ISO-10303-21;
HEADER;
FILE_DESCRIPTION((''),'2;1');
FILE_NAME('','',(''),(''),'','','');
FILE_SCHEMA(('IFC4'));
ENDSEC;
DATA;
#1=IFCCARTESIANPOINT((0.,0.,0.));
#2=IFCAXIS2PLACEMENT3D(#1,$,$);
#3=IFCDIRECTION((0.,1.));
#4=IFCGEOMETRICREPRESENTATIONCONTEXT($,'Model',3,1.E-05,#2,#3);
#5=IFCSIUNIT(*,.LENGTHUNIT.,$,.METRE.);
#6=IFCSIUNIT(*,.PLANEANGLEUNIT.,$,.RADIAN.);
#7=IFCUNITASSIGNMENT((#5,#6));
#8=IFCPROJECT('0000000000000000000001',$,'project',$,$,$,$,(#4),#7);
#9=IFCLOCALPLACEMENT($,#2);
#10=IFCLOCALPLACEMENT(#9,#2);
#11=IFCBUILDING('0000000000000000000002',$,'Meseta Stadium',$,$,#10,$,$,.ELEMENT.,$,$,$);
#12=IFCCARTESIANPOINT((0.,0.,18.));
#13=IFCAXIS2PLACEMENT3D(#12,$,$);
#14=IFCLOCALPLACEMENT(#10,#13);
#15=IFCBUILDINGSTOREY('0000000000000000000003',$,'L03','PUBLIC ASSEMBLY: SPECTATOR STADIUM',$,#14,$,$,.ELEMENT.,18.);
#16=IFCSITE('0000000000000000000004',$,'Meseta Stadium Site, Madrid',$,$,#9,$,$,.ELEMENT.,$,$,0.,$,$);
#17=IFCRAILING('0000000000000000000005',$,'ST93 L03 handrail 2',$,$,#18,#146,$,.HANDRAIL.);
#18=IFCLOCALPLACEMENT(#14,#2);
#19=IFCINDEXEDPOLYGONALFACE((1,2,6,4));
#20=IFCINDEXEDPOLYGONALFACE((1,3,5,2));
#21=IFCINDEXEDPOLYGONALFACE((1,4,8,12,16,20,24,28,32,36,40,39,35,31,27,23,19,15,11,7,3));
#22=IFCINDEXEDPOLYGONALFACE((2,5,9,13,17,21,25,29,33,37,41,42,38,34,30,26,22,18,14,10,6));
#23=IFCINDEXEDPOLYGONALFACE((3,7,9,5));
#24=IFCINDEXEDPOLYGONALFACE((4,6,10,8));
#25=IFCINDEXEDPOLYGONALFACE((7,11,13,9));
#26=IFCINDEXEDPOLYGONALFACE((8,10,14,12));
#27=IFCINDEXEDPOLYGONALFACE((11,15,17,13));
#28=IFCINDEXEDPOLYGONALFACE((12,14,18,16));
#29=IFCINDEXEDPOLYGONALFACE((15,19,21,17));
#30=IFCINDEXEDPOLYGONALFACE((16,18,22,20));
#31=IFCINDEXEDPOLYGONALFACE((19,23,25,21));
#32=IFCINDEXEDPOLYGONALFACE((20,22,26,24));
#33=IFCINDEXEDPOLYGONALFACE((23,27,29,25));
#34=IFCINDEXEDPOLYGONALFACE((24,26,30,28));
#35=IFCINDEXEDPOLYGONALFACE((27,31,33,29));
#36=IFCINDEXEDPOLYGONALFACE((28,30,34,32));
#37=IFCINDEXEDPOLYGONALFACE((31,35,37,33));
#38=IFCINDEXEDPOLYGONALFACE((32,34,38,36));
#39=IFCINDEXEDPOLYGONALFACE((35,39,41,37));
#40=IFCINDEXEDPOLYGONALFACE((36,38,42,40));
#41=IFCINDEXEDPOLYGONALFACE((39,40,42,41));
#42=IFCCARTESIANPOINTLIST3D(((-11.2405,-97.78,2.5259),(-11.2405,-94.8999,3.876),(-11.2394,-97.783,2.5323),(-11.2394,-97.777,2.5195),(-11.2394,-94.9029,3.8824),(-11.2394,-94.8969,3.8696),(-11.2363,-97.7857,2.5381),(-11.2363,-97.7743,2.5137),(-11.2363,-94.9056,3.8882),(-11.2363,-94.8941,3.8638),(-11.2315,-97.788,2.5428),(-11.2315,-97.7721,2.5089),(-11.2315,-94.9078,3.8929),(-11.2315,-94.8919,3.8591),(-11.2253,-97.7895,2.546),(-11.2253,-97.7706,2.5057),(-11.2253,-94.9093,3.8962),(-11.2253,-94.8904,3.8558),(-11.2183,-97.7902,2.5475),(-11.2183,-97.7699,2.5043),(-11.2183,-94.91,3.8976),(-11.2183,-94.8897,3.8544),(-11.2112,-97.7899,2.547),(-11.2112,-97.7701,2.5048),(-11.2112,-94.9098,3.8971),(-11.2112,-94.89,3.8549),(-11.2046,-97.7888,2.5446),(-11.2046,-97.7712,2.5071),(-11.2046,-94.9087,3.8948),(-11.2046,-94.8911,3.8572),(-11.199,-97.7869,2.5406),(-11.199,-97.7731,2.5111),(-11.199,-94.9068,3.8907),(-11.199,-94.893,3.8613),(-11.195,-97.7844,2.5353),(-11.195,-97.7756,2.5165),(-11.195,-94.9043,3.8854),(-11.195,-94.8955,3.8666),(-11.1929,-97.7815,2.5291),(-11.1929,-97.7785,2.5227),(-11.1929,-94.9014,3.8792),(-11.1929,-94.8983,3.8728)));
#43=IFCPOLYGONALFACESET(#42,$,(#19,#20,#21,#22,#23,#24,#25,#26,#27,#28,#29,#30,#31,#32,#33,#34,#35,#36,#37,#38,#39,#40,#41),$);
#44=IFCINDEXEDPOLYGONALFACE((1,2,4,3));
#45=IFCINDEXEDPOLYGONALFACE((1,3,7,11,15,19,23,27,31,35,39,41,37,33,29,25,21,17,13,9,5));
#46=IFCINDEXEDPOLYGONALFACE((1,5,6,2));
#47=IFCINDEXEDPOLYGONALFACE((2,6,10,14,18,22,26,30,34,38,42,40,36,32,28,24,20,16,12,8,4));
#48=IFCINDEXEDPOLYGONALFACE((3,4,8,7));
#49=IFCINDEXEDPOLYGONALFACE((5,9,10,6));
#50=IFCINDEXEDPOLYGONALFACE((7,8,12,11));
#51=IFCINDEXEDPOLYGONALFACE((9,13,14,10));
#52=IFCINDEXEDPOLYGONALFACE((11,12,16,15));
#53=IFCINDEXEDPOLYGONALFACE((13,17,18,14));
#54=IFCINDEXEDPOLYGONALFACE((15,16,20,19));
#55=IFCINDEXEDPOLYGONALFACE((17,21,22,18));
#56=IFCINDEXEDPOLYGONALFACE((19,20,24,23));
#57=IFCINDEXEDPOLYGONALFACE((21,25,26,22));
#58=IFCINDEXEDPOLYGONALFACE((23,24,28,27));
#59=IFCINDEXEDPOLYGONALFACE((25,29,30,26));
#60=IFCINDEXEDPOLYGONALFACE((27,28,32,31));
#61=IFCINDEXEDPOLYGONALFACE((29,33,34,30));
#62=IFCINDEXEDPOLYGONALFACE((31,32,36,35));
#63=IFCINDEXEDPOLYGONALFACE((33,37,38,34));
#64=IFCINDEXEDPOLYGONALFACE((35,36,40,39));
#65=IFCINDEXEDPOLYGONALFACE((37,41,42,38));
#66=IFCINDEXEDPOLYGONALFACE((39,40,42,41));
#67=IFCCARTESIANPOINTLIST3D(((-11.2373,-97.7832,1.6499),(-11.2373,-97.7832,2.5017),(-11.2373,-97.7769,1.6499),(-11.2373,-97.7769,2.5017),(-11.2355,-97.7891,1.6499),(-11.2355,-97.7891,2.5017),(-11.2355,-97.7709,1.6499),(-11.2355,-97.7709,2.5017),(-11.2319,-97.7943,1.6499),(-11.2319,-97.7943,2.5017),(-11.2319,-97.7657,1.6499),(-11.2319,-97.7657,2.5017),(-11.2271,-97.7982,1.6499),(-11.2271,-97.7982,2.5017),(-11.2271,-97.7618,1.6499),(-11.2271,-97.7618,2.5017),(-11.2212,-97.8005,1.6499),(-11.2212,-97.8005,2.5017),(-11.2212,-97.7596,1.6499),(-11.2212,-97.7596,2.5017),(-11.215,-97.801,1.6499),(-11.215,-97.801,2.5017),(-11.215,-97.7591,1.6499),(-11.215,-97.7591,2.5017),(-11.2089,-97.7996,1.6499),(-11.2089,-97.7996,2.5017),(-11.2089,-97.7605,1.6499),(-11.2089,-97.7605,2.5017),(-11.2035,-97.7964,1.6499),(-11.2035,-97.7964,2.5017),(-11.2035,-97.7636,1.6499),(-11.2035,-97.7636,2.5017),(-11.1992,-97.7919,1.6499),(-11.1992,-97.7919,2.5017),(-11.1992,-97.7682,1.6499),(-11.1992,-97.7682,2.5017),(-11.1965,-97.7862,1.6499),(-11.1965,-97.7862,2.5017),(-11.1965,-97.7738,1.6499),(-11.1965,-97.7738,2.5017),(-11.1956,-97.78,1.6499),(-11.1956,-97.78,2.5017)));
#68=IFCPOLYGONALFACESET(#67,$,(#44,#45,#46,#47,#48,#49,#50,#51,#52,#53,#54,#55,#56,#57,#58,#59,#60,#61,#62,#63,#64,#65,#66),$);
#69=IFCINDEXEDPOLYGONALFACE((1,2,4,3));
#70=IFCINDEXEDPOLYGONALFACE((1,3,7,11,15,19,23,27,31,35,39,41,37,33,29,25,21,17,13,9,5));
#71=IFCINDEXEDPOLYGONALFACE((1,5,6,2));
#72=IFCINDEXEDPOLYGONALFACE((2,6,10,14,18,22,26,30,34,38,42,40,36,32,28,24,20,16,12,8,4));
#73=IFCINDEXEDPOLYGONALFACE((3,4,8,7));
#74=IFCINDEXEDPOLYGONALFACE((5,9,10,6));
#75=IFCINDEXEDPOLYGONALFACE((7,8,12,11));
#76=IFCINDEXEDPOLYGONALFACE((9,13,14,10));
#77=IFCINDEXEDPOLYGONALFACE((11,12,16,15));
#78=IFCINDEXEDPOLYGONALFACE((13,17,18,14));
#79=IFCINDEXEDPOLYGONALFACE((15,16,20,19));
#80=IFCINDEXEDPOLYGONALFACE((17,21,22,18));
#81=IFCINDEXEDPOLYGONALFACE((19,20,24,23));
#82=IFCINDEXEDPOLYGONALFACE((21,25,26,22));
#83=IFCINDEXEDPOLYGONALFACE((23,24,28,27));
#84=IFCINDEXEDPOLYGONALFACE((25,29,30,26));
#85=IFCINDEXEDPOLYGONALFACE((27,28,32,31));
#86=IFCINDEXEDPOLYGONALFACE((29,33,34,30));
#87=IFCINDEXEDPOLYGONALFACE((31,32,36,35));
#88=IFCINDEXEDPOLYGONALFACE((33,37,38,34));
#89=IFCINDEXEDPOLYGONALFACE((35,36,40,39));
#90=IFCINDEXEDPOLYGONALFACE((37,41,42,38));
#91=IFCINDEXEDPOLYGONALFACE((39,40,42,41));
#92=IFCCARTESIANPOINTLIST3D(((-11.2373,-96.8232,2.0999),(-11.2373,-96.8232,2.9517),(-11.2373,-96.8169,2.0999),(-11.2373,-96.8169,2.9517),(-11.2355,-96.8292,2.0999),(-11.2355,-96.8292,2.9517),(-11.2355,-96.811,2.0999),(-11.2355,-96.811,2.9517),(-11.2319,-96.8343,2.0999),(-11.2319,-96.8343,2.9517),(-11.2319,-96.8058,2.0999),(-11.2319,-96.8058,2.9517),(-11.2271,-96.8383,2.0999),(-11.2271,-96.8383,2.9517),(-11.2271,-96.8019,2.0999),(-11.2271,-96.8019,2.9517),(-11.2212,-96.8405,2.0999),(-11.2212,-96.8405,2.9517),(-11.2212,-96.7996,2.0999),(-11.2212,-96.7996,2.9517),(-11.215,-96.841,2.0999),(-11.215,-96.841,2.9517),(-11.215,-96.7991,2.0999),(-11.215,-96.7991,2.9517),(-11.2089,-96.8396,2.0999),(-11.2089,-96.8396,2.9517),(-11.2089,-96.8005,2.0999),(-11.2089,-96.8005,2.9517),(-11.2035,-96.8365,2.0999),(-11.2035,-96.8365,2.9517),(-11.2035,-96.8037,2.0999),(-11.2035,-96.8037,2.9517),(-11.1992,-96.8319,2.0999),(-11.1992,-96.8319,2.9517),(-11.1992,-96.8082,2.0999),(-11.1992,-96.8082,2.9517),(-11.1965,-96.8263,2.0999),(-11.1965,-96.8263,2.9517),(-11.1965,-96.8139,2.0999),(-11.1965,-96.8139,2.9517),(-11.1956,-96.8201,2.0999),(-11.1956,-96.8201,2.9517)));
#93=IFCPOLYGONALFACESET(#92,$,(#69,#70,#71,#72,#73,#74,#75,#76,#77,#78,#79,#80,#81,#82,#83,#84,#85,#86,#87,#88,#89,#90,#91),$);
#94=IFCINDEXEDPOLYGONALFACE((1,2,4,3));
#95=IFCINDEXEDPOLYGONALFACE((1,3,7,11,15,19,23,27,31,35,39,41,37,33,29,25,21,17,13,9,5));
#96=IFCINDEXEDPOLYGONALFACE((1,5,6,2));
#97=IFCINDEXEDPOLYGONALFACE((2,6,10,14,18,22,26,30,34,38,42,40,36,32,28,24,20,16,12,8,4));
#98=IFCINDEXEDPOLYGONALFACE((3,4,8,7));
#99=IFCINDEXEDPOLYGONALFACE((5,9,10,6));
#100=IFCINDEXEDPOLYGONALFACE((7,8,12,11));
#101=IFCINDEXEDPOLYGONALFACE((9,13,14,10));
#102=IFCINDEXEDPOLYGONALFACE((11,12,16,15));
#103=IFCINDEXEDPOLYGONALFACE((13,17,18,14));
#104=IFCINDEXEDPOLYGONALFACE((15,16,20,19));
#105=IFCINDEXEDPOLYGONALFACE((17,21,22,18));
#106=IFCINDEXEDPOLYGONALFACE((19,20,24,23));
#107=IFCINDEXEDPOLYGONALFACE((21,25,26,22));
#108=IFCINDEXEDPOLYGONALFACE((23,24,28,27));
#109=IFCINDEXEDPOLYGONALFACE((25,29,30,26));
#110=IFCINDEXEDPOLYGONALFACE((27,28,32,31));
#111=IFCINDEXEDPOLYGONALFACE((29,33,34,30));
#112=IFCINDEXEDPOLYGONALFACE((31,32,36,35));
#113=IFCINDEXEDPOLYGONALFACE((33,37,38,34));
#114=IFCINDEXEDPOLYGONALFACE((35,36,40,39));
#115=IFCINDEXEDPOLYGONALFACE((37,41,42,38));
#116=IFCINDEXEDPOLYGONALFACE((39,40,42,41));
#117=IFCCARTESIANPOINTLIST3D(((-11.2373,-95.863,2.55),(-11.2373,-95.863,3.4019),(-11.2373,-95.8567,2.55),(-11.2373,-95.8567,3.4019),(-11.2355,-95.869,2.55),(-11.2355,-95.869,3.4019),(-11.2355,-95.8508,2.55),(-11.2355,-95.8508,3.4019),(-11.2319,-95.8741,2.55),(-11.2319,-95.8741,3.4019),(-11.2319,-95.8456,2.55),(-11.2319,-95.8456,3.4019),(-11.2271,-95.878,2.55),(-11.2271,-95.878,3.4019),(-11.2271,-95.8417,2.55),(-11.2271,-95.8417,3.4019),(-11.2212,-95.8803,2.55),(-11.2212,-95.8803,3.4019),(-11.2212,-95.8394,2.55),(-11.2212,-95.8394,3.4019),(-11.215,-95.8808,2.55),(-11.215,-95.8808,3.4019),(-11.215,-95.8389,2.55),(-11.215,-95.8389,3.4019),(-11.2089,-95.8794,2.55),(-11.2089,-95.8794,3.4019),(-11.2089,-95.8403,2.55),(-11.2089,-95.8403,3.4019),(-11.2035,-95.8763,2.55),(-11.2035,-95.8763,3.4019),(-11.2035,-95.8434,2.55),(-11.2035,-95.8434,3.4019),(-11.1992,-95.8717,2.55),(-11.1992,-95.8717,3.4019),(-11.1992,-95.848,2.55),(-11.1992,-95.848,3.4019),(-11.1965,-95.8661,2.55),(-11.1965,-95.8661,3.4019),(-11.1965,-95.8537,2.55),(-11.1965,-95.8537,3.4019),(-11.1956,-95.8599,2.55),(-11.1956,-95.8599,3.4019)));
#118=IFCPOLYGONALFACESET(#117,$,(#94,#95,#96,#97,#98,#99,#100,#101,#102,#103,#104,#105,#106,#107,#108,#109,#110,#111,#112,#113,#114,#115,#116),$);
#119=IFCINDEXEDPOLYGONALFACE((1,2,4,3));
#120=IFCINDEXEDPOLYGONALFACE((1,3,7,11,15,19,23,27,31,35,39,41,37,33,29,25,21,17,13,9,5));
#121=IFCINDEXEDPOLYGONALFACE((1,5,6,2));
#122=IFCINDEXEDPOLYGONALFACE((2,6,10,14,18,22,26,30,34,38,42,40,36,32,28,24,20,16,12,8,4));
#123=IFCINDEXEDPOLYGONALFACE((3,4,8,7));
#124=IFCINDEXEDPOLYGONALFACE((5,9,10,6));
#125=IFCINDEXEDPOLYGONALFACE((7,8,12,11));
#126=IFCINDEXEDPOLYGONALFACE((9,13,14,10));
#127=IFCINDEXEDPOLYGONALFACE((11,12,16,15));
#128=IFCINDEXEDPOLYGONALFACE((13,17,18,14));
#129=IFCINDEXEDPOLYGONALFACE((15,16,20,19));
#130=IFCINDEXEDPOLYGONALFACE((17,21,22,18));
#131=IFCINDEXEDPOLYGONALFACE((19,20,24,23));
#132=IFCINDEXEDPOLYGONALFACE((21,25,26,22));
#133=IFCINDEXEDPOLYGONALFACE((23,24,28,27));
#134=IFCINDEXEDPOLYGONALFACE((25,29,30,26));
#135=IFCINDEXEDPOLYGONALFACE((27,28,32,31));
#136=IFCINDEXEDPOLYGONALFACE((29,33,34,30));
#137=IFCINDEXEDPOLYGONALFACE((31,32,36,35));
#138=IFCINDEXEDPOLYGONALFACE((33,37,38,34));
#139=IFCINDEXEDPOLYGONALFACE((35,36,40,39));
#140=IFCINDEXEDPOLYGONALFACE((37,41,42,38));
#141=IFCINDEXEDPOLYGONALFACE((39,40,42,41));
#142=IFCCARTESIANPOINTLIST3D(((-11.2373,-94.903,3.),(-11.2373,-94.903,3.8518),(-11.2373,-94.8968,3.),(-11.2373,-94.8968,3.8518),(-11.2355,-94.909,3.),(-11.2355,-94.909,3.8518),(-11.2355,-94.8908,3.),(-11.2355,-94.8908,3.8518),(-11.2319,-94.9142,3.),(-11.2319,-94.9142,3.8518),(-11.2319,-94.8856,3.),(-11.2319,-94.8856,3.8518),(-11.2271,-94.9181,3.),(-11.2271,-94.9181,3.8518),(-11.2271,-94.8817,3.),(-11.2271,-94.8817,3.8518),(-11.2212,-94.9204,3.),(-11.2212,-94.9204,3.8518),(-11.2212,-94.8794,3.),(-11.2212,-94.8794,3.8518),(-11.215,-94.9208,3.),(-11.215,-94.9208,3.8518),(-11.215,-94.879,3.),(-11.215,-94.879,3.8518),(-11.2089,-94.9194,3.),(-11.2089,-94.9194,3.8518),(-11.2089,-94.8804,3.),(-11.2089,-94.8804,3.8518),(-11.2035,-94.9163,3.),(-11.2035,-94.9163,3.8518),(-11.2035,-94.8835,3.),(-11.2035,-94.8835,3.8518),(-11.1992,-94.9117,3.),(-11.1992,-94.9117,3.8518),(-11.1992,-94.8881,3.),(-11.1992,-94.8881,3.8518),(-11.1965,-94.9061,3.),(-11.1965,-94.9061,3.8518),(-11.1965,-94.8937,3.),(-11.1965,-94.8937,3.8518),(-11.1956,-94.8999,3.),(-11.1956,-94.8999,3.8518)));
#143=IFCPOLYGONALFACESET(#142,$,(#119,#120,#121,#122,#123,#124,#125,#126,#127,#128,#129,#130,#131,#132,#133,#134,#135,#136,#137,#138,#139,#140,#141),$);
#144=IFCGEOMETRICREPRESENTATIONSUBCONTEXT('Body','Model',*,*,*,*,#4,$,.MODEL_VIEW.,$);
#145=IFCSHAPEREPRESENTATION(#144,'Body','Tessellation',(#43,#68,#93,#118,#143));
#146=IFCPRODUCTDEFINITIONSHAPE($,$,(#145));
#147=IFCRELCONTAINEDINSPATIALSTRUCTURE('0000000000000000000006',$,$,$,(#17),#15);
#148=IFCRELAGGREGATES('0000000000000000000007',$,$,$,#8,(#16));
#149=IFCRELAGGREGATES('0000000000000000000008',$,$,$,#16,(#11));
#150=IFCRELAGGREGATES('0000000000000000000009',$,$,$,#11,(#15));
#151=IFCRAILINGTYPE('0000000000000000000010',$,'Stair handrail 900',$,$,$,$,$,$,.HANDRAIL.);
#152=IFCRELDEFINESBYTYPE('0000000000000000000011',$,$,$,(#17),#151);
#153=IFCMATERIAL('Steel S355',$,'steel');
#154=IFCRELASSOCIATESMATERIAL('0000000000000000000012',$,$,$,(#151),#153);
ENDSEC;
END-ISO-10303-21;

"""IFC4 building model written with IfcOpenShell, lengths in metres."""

from ifc_helpers import new_model, si_unit, direction, frame, origin, origin_2d, place, context, subcontext, project, spatial, circle, extrude, material, type_object, element, save


model = new_model("IFC4")

# Units and contexts
model_context = context("Model", 3, precision=1e-05, world=origin(), true_north=direction((0.0, 1.0)))
body_context = subcontext(model_context, "Body", "Model", "MODEL_VIEW")
ifc_project = project(units=[si_unit("LENGTHUNIT", "METRE"), si_unit("PLANEANGLEUNIT", "RADIAN")], contexts=[model_context])

# Site, building, storey
site_placement = place(None, origin())
site = spatial("IfcSite", under=ifc_project, at=site_placement, Name="Meseta Stadium Site, Madrid", CompositionType="ELEMENT", RefElevation=0.0)
building_placement = place(site_placement, origin())
building = spatial("IfcBuilding", under=site, at=building_placement, Name="Meseta Stadium", CompositionType="ELEMENT")
storey_placement = place(building_placement, frame((0.0, 0.0, 18.0)))
storey = spatial("IfcBuildingStorey", under=building, at=storey_placement, Name="L03", Description="PUBLIC ASSEMBLY: SPECTATOR STADIUM", CompositionType="ELEMENT", Elevation=18.0)

# Railing
ifc_material_1 = material(Name="Steel S355", Category="steel")
railing_type_1 = type_object("IfcRailingType", Name="Stair handrail 900", PredefinedType="HANDRAIL", material=ifc_material_1)
railing_placement = place(storey_placement, frame((-11.2166, -97.78, 1.6499)))
element("IfcRailing", 1, at=railing_placement, inside=storey, type_object=railing_type_1, Name="ST93 L03 handrail 2", PredefinedType="HANDRAIL", context=body_context, shape_type="SweptSolid", body=[
    extrude(circle(Radius=0.0239, at=origin_2d()), frame((0.0, 0.0, 0.876), z_axis=(0.0, 0.905454, 0.424444), x_axis=(-1.0, 0.0, 0.0)), (0.0, 0.0, 1.0), 3.1809),
    extrude(circle(Radius=0.021, at=origin_2d()), origin(), (0.0, 0.0, 1.0), 0.8518),
    extrude(circle(Radius=0.021, at=origin_2d()), frame((0.0, 0.96, 0.45)), (0.0, 0.0, 1.0), 0.8518),
    extrude(circle(Radius=0.021, at=origin_2d()), frame((0.0, 1.9202, 0.9001)), (0.0, 0.0, 1.0), 0.8518),
    extrude(circle(Radius=0.021, at=origin_2d()), frame((0.0, 2.8801, 1.3501)), (0.0, 0.0, 1.0), 0.8518),
])

save(model, "model.ifc")
